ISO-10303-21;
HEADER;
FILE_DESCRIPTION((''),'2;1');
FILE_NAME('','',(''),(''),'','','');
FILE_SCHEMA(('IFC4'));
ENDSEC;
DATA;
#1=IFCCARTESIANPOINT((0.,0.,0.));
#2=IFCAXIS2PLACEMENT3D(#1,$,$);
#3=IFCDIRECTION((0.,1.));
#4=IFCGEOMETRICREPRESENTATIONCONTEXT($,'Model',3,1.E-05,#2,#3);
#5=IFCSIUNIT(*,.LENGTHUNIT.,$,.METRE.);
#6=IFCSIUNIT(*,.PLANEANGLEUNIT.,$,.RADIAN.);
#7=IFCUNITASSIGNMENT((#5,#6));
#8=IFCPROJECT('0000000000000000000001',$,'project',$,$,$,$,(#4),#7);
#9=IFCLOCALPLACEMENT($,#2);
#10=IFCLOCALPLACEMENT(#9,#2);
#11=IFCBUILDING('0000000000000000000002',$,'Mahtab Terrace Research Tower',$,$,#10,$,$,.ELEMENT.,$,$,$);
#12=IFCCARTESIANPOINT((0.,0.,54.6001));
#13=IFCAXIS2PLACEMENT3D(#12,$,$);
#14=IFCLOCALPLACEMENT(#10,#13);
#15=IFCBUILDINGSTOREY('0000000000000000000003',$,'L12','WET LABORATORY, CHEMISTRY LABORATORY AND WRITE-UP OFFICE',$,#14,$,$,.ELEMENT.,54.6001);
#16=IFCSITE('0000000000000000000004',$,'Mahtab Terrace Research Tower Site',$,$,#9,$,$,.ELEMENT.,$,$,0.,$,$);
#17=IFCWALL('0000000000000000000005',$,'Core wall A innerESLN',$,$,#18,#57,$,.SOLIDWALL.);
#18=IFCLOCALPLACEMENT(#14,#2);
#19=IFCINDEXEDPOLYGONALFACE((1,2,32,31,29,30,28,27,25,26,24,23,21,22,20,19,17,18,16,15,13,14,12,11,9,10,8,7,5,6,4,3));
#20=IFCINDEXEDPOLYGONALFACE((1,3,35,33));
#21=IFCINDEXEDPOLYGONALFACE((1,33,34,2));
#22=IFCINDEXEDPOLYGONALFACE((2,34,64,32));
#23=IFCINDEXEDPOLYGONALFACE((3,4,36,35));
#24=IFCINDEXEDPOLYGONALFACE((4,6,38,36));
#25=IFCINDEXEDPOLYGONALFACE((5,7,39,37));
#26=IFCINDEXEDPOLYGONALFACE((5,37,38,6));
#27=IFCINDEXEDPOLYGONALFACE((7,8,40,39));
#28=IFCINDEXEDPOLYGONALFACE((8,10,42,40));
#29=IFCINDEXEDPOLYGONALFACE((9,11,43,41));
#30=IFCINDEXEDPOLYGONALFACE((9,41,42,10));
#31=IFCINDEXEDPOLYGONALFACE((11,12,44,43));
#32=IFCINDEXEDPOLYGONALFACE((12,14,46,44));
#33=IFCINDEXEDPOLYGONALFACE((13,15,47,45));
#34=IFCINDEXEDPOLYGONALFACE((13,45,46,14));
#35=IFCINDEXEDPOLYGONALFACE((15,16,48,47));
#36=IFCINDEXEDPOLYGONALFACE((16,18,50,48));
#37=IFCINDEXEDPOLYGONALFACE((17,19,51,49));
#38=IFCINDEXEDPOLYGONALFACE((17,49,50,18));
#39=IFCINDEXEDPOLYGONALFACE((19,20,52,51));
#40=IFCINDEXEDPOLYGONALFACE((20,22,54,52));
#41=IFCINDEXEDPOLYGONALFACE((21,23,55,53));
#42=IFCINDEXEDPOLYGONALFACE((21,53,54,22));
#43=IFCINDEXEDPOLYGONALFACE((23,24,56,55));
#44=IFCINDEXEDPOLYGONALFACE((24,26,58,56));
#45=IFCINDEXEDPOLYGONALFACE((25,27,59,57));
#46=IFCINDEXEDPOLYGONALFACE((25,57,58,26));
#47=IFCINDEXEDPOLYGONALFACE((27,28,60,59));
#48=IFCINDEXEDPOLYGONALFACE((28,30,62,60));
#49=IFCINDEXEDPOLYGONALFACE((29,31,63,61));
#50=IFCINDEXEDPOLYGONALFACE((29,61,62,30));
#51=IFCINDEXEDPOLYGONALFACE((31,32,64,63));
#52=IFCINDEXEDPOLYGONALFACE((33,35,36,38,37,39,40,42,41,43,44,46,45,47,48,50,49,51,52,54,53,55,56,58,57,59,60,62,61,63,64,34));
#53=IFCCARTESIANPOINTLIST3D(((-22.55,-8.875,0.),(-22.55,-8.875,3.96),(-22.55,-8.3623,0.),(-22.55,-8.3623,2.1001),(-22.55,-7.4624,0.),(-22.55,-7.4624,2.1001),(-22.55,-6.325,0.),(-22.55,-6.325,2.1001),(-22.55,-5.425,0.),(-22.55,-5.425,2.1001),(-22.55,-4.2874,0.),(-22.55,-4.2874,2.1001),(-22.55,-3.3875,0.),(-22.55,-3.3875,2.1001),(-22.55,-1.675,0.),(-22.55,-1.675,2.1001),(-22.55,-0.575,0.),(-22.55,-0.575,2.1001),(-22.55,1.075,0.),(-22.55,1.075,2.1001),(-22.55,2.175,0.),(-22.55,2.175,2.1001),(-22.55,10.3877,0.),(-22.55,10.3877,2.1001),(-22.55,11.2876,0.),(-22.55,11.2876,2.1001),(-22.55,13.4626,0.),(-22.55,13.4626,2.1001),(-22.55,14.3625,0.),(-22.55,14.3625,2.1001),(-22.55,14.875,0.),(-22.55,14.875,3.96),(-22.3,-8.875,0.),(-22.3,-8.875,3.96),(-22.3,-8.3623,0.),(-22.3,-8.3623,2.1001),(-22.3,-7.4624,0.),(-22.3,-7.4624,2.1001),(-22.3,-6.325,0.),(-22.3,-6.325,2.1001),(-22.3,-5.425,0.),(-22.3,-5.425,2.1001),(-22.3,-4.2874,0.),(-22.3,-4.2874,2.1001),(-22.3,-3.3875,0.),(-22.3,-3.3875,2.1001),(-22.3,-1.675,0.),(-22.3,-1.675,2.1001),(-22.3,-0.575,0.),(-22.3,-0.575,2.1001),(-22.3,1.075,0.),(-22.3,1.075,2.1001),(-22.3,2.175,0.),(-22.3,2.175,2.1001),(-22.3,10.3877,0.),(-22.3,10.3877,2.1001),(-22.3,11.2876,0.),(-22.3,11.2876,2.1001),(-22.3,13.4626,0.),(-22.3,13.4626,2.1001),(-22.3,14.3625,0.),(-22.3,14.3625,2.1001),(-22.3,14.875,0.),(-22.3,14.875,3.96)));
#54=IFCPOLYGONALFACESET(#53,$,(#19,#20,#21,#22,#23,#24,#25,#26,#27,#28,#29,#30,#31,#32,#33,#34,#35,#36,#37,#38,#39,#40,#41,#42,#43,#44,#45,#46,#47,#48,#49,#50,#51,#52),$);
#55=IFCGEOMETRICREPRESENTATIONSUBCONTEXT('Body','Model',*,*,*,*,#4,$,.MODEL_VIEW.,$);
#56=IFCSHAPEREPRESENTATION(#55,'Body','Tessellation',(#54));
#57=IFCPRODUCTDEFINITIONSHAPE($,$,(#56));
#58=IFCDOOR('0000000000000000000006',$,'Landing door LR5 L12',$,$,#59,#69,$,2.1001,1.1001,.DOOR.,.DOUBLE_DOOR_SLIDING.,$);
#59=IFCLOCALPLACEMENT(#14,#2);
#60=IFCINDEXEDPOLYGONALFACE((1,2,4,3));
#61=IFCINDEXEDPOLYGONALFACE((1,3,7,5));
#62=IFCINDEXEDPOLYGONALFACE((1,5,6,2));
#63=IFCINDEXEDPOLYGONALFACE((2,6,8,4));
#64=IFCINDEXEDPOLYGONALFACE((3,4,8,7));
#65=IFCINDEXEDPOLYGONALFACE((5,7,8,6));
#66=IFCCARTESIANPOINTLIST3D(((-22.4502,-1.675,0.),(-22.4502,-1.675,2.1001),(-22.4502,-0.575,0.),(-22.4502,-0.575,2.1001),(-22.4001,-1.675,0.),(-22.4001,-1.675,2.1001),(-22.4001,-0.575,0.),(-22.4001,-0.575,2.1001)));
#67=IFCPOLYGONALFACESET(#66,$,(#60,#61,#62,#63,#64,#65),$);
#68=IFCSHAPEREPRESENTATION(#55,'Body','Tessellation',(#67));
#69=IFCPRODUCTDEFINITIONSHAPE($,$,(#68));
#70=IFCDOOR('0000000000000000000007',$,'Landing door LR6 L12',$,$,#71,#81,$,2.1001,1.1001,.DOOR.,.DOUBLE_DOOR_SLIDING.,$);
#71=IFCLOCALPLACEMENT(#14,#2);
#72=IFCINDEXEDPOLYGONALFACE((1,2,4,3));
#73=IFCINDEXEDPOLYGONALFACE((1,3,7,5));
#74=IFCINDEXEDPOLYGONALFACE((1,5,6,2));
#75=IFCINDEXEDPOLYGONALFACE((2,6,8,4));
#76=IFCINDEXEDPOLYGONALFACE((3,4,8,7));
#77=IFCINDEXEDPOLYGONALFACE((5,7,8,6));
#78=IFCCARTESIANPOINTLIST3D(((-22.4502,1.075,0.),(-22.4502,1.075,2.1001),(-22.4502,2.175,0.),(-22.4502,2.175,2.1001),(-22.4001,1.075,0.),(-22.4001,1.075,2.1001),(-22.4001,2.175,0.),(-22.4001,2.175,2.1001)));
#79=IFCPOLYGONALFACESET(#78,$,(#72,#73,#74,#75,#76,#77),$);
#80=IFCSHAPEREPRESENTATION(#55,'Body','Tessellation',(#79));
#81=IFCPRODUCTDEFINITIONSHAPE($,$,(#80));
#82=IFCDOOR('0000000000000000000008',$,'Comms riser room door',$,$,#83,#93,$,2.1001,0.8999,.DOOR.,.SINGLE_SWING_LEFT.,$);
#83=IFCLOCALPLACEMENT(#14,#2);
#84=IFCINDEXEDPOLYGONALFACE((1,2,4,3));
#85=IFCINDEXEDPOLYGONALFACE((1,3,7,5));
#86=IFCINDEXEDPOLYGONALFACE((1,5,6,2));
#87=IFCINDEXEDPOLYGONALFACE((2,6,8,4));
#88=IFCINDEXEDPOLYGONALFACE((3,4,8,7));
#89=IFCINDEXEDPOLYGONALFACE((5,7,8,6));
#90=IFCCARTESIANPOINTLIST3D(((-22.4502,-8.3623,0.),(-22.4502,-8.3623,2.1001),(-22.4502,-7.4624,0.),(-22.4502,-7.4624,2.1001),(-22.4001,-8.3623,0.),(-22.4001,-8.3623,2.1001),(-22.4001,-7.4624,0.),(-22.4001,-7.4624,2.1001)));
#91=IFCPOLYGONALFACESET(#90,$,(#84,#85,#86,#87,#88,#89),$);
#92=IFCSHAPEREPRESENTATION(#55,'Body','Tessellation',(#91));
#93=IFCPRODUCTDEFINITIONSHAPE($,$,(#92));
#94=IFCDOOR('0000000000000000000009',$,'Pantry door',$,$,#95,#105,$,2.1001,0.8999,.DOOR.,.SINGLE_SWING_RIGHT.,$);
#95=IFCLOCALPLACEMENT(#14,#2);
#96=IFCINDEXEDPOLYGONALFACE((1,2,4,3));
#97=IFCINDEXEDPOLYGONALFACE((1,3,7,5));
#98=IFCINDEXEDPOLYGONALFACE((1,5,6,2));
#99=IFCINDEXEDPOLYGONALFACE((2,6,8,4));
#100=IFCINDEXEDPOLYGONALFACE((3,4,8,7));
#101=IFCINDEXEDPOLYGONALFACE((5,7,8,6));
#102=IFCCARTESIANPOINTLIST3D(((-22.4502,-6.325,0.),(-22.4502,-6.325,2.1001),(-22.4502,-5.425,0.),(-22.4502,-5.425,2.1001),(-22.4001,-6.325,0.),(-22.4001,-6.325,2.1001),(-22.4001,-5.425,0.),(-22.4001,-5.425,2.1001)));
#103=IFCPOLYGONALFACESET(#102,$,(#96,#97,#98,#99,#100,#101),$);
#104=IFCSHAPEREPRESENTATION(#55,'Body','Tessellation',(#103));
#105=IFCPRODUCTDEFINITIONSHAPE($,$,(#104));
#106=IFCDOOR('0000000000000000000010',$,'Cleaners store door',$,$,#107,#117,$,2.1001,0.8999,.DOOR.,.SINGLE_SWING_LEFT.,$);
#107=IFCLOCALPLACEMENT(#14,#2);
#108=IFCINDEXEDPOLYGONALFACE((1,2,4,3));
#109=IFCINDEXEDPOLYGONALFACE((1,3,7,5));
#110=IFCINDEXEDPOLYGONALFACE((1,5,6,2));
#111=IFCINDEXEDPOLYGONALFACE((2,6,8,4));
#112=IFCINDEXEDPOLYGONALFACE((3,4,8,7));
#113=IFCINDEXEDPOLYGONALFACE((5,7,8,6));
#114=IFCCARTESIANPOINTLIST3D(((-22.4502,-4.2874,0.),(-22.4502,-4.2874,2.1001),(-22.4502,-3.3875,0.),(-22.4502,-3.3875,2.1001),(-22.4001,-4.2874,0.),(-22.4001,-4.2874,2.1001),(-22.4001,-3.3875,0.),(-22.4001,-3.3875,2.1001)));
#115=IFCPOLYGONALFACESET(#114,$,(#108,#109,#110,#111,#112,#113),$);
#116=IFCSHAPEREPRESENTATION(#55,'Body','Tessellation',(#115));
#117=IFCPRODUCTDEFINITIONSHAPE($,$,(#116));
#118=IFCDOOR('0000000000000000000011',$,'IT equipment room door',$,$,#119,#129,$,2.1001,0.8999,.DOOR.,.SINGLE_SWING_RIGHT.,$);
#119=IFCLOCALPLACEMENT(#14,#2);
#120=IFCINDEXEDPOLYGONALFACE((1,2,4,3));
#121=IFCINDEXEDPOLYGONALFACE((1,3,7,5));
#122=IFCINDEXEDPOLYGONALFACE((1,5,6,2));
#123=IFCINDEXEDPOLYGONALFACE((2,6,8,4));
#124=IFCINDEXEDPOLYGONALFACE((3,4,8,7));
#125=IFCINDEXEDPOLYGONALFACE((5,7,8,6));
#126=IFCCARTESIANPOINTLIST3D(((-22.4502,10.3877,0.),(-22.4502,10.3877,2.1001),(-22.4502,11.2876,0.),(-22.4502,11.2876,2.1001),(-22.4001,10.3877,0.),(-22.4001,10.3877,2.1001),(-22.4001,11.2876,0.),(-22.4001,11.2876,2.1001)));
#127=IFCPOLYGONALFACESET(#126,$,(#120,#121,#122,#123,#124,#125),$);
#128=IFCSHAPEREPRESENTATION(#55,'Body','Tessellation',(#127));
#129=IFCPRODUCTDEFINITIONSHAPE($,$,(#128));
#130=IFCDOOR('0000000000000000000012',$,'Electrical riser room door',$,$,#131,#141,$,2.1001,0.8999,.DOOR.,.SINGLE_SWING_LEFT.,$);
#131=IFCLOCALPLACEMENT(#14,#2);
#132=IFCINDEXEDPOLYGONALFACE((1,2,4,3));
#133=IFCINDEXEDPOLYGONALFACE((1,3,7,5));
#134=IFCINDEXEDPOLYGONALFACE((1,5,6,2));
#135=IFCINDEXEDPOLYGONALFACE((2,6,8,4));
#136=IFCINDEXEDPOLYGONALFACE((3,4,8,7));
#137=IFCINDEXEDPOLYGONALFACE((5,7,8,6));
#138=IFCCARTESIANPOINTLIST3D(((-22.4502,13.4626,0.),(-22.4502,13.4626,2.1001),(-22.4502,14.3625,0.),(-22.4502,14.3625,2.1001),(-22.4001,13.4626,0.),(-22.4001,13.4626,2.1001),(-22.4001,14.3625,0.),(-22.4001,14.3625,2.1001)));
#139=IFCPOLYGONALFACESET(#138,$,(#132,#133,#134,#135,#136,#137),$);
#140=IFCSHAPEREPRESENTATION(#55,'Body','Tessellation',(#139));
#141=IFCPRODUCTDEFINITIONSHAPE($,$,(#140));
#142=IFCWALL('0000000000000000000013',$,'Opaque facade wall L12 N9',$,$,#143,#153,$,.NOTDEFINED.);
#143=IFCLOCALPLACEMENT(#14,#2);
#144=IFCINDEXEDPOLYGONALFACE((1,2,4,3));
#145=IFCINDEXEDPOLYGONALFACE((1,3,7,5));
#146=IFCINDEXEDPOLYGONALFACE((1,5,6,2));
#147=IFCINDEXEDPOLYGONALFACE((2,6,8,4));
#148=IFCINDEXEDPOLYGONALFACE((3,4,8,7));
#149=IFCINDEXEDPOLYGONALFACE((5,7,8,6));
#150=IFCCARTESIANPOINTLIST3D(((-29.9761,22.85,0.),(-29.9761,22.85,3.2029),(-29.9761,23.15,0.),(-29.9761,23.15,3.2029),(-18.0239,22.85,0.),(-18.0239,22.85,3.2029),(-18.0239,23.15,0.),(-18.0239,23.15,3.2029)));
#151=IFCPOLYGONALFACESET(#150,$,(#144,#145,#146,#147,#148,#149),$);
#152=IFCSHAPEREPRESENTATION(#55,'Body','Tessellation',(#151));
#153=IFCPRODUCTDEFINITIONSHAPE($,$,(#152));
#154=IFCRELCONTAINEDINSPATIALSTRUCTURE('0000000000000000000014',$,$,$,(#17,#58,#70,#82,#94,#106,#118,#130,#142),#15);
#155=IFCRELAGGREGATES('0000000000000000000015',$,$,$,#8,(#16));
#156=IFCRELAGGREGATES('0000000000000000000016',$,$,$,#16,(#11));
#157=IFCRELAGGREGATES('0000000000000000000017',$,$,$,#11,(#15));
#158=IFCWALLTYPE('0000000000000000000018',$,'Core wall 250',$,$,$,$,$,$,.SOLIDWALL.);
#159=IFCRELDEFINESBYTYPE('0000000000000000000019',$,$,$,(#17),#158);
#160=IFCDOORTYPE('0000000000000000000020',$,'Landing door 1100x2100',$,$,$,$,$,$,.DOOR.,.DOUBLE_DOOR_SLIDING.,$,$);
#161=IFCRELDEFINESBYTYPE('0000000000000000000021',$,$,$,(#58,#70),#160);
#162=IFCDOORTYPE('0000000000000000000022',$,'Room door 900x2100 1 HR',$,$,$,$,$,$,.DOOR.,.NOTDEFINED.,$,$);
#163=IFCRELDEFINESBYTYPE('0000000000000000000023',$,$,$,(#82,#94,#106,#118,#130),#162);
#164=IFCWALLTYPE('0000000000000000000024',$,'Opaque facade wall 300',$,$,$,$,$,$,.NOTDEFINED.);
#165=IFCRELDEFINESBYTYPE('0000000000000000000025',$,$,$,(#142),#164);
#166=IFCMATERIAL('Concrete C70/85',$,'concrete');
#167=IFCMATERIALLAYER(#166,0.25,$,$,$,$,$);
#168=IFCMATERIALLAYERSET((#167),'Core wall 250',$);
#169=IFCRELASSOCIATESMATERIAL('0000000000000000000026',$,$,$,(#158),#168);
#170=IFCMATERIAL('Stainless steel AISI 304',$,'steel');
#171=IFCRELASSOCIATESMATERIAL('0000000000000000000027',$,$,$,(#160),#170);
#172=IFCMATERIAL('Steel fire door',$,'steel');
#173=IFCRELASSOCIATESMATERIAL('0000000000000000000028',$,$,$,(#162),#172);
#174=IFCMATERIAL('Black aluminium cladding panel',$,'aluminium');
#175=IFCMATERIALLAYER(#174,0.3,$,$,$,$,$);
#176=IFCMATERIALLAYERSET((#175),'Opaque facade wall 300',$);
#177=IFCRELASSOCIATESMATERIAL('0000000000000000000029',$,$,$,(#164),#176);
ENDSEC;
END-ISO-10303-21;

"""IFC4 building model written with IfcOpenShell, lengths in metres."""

from ifc_helpers import new_model, si_unit, direction, frame, frame_2d, origin, place, context, subcontext, project, spatial, rectangle, extrude, material, layer, layer_set, type_object, element, fill, save


model = new_model("IFC4")

# Units and contexts
model_context = context("Model", 3, precision=1e-05, world=origin(), true_north=direction((0.0, 1.0)))
body_context = subcontext(model_context, "Body", "Model", "MODEL_VIEW")
ifc_project = project(units=[si_unit("LENGTHUNIT", "METRE"), si_unit("PLANEANGLEUNIT", "RADIAN")], contexts=[model_context])

# Site, building, storey
site_placement = place(None, origin())
site = spatial("IfcSite", under=ifc_project, at=site_placement, Name="Mahtab Terrace Research Tower Site", CompositionType="ELEMENT", RefElevation=0.0)
building_placement = place(site_placement, origin())
building = spatial("IfcBuilding", under=site, at=building_placement, Name="Mahtab Terrace Research Tower", CompositionType="ELEMENT")
storey_placement = place(building_placement, frame((0.0, 0.0, 54.6001)))
storey = spatial("IfcBuildingStorey", under=building, at=storey_placement, Name="L12", Description="WET LABORATORY, CHEMISTRY LABORATORY AND WRITE-UP OFFICE", CompositionType="ELEMENT", Elevation=54.6001)

# Shared definitions
ifc_material_1 = material(Name="Concrete C70/85", Category="concrete")
ifc_layer_1 = layer(ifc_material_1, 0.25)
ifc_layer_set_1 = layer_set([ifc_layer_1], Name="Core wall 250")
wall_type_1 = type_object("IfcWallType", Name="Core wall 250", PredefinedType="SOLIDWALL", material=ifc_layer_set_1)

# Shared definitions
ifc_material_2 = material(Name="Steel fire door", Category="steel")

# Wall, openings, doors
wall_1_placement = place(storey_placement, frame((-22.425, 14.875, 0.0), z_axis=(0.0, 0.0, 1.0), x_axis=(0.0, -1.0, 0.0)))
wall_1 = element("IfcWall", 1, at=wall_1_placement, inside=storey, type_object=wall_type_1, Name="Core wall A innerESLN", PredefinedType="SOLIDWALL", context=body_context, shape_type="SweptSolid", body=[
    extrude(rectangle(XDim=23.75, YDim=0.25, at=frame_2d((11.875, 0.0))), origin(), (0.0, 0.0, 1.0), 3.96),
])
opening_1_placement = place(wall_1_placement, frame((15.45, 0.0, 0.0)))
opening_1 = element("IfcOpeningElement", 2, at=opening_1_placement, cuts=wall_1, PredefinedType="OPENING", context=body_context, shape_type="SweptSolid", body=[
    extrude(rectangle(XDim=1.1001, YDim=2.1001, at=frame_2d((0.55, 1.05))), frame((0.0, 0.135, 0.0), z_axis=(0.0, -1.0, 0.0), x_axis=(1.0, 0.0, 0.0)), (0.0, 0.0, 1.0), 0.27),
])
opening_2_placement = place(wall_1_placement, frame((12.7, 0.0, 0.0)))
opening_2 = element("IfcOpeningElement", 3, at=opening_2_placement, cuts=wall_1, PredefinedType="OPENING", context=body_context, shape_type="SweptSolid", body=[
    extrude(rectangle(XDim=1.1001, YDim=2.1001, at=frame_2d((0.55, 1.05))), frame((0.0, 0.135, 0.0), z_axis=(0.0, -1.0, 0.0), x_axis=(1.0, 0.0, 0.0)), (0.0, 0.0, 1.0), 0.27),
])
opening_3_placement = place(wall_1_placement, frame((22.3374, 0.0, 0.0)))
opening_3 = element("IfcOpeningElement", 4, at=opening_3_placement, cuts=wall_1, PredefinedType="OPENING", context=body_context, shape_type="SweptSolid", body=[
    extrude(rectangle(XDim=0.8999, YDim=2.1001, at=frame_2d((0.45, 1.05))), frame((0.0, 0.135, 0.0), z_axis=(0.0, -1.0, 0.0), x_axis=(1.0, 0.0, 0.0)), (0.0, 0.0, 1.0), 0.27),
])
opening_4_placement = place(wall_1_placement, frame((20.3, 0.0, 0.0)))
opening_4 = element("IfcOpeningElement", 5, at=opening_4_placement, cuts=wall_1, PredefinedType="OPENING", context=body_context, shape_type="SweptSolid", body=[
    extrude(rectangle(XDim=0.8999, YDim=2.1001, at=frame_2d((0.45, 1.05))), frame((0.0, 0.135, 0.0), z_axis=(0.0, -1.0, 0.0), x_axis=(1.0, 0.0, 0.0)), (0.0, 0.0, 1.0), 0.27),
])
opening_5_placement = place(wall_1_placement, frame((18.2625, 0.0, 0.0)))
opening_5 = element("IfcOpeningElement", 6, at=opening_5_placement, cuts=wall_1, PredefinedType="OPENING", context=body_context, shape_type="SweptSolid", body=[
    extrude(rectangle(XDim=0.8999, YDim=2.1001, at=frame_2d((0.45, 1.05))), frame((0.0, 0.135, 0.0), z_axis=(0.0, -1.0, 0.0), x_axis=(1.0, 0.0, 0.0)), (0.0, 0.0, 1.0), 0.27),
])
opening_6_placement = place(wall_1_placement, frame((3.5874, 0.0, 0.0)))
opening_6 = element("IfcOpeningElement", 7, at=opening_6_placement, cuts=wall_1, PredefinedType="OPENING", context=body_context, shape_type="SweptSolid", body=[
    extrude(rectangle(XDim=0.8999, YDim=2.1001, at=frame_2d((0.45, 1.05))), frame((0.0, 0.135, 0.0), z_axis=(0.0, -1.0, 0.0), x_axis=(1.0, 0.0, 0.0)), (0.0, 0.0, 1.0), 0.27),
])
opening_7_placement = place(wall_1_placement, frame((0.5125, 0.0, 0.0)))
opening_7 = element("IfcOpeningElement", 8, at=opening_7_placement, cuts=wall_1, PredefinedType="OPENING", context=body_context, shape_type="SweptSolid", body=[
    extrude(rectangle(XDim=0.8999, YDim=2.1001, at=frame_2d((0.45, 1.05))), frame((0.0, 0.135, 0.0), z_axis=(0.0, -1.0, 0.0), x_axis=(1.0, 0.0, 0.0)), (0.0, 0.0, 1.0), 0.27),
])
ifc_material_3 = material(Name="Stainless steel AISI 304", Category="steel")
door_type_1 = type_object("IfcDoorType", Name="Landing door 1100x2100", OperationType="DOUBLE_DOOR_SLIDING", PredefinedType="DOOR", material=ifc_material_3)
door_1_placement = place(opening_1_placement, origin())
door_1 = element("IfcDoor", 9, at=door_1_placement, inside=storey, type_object=door_type_1, Name="Landing door LR5 L12", OperationType="DOUBLE_DOOR_SLIDING", OverallHeight=2.1001, OverallWidth=1.1001, PredefinedType="DOOR", context=body_context, shape_type="SweptSolid", body=[
    extrude(rectangle(XDim=1.1001, YDim=2.1001, at=frame_2d((0.55, 1.05))), frame((0.0, 0.0249, 0.0), z_axis=(0.0, -1.0, 0.0), x_axis=(1.0, 0.0, 0.0)), (0.0, 0.0, 1.0), 0.05),
])
fill(opening_1, door_1)
door_2_placement = place(opening_2_placement, origin())
door_2 = element("IfcDoor", 10, at=door_2_placement, inside=storey, type_object=door_type_1, Name="Landing door LR6 L12", OperationType="DOUBLE_DOOR_SLIDING", OverallHeight=2.1001, OverallWidth=1.1001, PredefinedType="DOOR", context=body_context, shape_type="SweptSolid", body=[
    extrude(rectangle(XDim=1.1001, YDim=2.1001, at=frame_2d((0.55, 1.05))), frame((0.0, 0.0249, 0.0), z_axis=(0.0, -1.0, 0.0), x_axis=(1.0, 0.0, 0.0)), (0.0, 0.0, 1.0), 0.05),
])
fill(opening_2, door_2)
door_type_2 = type_object("IfcDoorType", Name="Room door 900x2100 1 HR", OperationType="NOTDEFINED", PredefinedType="DOOR", material=ifc_material_2)
door_3_placement = place(opening_3_placement, origin())
door_3 = element("IfcDoor", 11, at=door_3_placement, inside=storey, type_object=door_type_2, Name="Comms riser room door", OperationType="SINGLE_SWING_LEFT", OverallHeight=2.1001, OverallWidth=0.8999, PredefinedType="DOOR", context=body_context, shape_type="SweptSolid", body=[
    extrude(rectangle(XDim=0.8999, YDim=2.1001, at=frame_2d((0.45, 1.05))), frame((0.0, 0.0249, 0.0), z_axis=(0.0, -1.0, 0.0), x_axis=(1.0, 0.0, 0.0)), (0.0, 0.0, 1.0), 0.05),
])
fill(opening_3, door_3)
door_4_placement = place(opening_4_placement, origin())
door_4 = element("IfcDoor", 12, at=door_4_placement, inside=storey, type_object=door_type_2, Name="Pantry door", OperationType="SINGLE_SWING_RIGHT", OverallHeight=2.1001, OverallWidth=0.8999, PredefinedType="DOOR", context=body_context, shape_type="SweptSolid", body=[
    extrude(rectangle(XDim=0.8999, YDim=2.1001, at=frame_2d((0.45, 1.05))), frame((0.0, 0.0249, 0.0), z_axis=(0.0, -1.0, 0.0), x_axis=(1.0, 0.0, 0.0)), (0.0, 0.0, 1.0), 0.05),
])
fill(opening_4, door_4)
door_5_placement = place(opening_5_placement, origin())
door_5 = element("IfcDoor", 13, at=door_5_placement, inside=storey, type_object=door_type_2, Name="Cleaners store door", OperationType="SINGLE_SWING_LEFT", OverallHeight=2.1001, OverallWidth=0.8999, PredefinedType="DOOR", context=body_context, shape_type="SweptSolid", body=[
    extrude(rectangle(XDim=0.8999, YDim=2.1001, at=frame_2d((0.45, 1.05))), frame((0.0, 0.0249, 0.0), z_axis=(0.0, -1.0, 0.0), x_axis=(1.0, 0.0, 0.0)), (0.0, 0.0, 1.0), 0.05),
])
fill(opening_5, door_5)
door_6_placement = place(opening_6_placement, origin())
door_6 = element("IfcDoor", 14, at=door_6_placement, inside=storey, type_object=door_type_2, Name="IT equipment room door", OperationType="SINGLE_SWING_RIGHT", OverallHeight=2.1001, OverallWidth=0.8999, PredefinedType="DOOR", context=body_context, shape_type="SweptSolid", body=[
    extrude(rectangle(XDim=0.8999, YDim=2.1001, at=frame_2d((0.45, 1.05))), frame((0.0, 0.0249, 0.0), z_axis=(0.0, -1.0, 0.0), x_axis=(1.0, 0.0, 0.0)), (0.0, 0.0, 1.0), 0.05),
])
fill(opening_6, door_6)
door_7_placement = place(opening_7_placement, origin())
door_7 = element("IfcDoor", 15, at=door_7_placement, inside=storey, type_object=door_type_2, Name="Electrical riser room door", OperationType="SINGLE_SWING_LEFT", OverallHeight=2.1001, OverallWidth=0.8999, PredefinedType="DOOR", context=body_context, shape_type="SweptSolid", body=[
    extrude(rectangle(XDim=0.8999, YDim=2.1001, at=frame_2d((0.45, 1.05))), frame((0.0, 0.0249, 0.0), z_axis=(0.0, -1.0, 0.0), x_axis=(1.0, 0.0, 0.0)), (0.0, 0.0, 1.0), 0.05),
])
fill(opening_7, door_7)

# Wall
ifc_material_4 = material(Name="Black aluminium cladding panel", Category="aluminium")
ifc_layer_2 = layer(ifc_material_4, 0.3)
ifc_layer_set_2 = layer_set([ifc_layer_2], Name="Opaque facade wall 300")
wall_type_2 = type_object("IfcWallType", Name="Opaque facade wall 300", PredefinedType="NOTDEFINED", material=ifc_layer_set_2)
wall_2_placement = place(storey_placement, frame((-18.0239, 23.0, 0.0), z_axis=(0.0, 0.0, 1.0), x_axis=(-1.0, 0.0, 0.0)))
element("IfcWall", 16, at=wall_2_placement, inside=storey, type_object=wall_type_2, Name="Opaque facade wall L12 N9", PredefinedType="NOTDEFINED", context=body_context, shape_type="SweptSolid", body=[
    extrude(rectangle(XDim=11.9521, YDim=0.3, at=frame_2d((5.9761, 0.0))), origin(), (0.0, 0.0, 1.0), 3.2029),
])

save(model, "model.ifc")
